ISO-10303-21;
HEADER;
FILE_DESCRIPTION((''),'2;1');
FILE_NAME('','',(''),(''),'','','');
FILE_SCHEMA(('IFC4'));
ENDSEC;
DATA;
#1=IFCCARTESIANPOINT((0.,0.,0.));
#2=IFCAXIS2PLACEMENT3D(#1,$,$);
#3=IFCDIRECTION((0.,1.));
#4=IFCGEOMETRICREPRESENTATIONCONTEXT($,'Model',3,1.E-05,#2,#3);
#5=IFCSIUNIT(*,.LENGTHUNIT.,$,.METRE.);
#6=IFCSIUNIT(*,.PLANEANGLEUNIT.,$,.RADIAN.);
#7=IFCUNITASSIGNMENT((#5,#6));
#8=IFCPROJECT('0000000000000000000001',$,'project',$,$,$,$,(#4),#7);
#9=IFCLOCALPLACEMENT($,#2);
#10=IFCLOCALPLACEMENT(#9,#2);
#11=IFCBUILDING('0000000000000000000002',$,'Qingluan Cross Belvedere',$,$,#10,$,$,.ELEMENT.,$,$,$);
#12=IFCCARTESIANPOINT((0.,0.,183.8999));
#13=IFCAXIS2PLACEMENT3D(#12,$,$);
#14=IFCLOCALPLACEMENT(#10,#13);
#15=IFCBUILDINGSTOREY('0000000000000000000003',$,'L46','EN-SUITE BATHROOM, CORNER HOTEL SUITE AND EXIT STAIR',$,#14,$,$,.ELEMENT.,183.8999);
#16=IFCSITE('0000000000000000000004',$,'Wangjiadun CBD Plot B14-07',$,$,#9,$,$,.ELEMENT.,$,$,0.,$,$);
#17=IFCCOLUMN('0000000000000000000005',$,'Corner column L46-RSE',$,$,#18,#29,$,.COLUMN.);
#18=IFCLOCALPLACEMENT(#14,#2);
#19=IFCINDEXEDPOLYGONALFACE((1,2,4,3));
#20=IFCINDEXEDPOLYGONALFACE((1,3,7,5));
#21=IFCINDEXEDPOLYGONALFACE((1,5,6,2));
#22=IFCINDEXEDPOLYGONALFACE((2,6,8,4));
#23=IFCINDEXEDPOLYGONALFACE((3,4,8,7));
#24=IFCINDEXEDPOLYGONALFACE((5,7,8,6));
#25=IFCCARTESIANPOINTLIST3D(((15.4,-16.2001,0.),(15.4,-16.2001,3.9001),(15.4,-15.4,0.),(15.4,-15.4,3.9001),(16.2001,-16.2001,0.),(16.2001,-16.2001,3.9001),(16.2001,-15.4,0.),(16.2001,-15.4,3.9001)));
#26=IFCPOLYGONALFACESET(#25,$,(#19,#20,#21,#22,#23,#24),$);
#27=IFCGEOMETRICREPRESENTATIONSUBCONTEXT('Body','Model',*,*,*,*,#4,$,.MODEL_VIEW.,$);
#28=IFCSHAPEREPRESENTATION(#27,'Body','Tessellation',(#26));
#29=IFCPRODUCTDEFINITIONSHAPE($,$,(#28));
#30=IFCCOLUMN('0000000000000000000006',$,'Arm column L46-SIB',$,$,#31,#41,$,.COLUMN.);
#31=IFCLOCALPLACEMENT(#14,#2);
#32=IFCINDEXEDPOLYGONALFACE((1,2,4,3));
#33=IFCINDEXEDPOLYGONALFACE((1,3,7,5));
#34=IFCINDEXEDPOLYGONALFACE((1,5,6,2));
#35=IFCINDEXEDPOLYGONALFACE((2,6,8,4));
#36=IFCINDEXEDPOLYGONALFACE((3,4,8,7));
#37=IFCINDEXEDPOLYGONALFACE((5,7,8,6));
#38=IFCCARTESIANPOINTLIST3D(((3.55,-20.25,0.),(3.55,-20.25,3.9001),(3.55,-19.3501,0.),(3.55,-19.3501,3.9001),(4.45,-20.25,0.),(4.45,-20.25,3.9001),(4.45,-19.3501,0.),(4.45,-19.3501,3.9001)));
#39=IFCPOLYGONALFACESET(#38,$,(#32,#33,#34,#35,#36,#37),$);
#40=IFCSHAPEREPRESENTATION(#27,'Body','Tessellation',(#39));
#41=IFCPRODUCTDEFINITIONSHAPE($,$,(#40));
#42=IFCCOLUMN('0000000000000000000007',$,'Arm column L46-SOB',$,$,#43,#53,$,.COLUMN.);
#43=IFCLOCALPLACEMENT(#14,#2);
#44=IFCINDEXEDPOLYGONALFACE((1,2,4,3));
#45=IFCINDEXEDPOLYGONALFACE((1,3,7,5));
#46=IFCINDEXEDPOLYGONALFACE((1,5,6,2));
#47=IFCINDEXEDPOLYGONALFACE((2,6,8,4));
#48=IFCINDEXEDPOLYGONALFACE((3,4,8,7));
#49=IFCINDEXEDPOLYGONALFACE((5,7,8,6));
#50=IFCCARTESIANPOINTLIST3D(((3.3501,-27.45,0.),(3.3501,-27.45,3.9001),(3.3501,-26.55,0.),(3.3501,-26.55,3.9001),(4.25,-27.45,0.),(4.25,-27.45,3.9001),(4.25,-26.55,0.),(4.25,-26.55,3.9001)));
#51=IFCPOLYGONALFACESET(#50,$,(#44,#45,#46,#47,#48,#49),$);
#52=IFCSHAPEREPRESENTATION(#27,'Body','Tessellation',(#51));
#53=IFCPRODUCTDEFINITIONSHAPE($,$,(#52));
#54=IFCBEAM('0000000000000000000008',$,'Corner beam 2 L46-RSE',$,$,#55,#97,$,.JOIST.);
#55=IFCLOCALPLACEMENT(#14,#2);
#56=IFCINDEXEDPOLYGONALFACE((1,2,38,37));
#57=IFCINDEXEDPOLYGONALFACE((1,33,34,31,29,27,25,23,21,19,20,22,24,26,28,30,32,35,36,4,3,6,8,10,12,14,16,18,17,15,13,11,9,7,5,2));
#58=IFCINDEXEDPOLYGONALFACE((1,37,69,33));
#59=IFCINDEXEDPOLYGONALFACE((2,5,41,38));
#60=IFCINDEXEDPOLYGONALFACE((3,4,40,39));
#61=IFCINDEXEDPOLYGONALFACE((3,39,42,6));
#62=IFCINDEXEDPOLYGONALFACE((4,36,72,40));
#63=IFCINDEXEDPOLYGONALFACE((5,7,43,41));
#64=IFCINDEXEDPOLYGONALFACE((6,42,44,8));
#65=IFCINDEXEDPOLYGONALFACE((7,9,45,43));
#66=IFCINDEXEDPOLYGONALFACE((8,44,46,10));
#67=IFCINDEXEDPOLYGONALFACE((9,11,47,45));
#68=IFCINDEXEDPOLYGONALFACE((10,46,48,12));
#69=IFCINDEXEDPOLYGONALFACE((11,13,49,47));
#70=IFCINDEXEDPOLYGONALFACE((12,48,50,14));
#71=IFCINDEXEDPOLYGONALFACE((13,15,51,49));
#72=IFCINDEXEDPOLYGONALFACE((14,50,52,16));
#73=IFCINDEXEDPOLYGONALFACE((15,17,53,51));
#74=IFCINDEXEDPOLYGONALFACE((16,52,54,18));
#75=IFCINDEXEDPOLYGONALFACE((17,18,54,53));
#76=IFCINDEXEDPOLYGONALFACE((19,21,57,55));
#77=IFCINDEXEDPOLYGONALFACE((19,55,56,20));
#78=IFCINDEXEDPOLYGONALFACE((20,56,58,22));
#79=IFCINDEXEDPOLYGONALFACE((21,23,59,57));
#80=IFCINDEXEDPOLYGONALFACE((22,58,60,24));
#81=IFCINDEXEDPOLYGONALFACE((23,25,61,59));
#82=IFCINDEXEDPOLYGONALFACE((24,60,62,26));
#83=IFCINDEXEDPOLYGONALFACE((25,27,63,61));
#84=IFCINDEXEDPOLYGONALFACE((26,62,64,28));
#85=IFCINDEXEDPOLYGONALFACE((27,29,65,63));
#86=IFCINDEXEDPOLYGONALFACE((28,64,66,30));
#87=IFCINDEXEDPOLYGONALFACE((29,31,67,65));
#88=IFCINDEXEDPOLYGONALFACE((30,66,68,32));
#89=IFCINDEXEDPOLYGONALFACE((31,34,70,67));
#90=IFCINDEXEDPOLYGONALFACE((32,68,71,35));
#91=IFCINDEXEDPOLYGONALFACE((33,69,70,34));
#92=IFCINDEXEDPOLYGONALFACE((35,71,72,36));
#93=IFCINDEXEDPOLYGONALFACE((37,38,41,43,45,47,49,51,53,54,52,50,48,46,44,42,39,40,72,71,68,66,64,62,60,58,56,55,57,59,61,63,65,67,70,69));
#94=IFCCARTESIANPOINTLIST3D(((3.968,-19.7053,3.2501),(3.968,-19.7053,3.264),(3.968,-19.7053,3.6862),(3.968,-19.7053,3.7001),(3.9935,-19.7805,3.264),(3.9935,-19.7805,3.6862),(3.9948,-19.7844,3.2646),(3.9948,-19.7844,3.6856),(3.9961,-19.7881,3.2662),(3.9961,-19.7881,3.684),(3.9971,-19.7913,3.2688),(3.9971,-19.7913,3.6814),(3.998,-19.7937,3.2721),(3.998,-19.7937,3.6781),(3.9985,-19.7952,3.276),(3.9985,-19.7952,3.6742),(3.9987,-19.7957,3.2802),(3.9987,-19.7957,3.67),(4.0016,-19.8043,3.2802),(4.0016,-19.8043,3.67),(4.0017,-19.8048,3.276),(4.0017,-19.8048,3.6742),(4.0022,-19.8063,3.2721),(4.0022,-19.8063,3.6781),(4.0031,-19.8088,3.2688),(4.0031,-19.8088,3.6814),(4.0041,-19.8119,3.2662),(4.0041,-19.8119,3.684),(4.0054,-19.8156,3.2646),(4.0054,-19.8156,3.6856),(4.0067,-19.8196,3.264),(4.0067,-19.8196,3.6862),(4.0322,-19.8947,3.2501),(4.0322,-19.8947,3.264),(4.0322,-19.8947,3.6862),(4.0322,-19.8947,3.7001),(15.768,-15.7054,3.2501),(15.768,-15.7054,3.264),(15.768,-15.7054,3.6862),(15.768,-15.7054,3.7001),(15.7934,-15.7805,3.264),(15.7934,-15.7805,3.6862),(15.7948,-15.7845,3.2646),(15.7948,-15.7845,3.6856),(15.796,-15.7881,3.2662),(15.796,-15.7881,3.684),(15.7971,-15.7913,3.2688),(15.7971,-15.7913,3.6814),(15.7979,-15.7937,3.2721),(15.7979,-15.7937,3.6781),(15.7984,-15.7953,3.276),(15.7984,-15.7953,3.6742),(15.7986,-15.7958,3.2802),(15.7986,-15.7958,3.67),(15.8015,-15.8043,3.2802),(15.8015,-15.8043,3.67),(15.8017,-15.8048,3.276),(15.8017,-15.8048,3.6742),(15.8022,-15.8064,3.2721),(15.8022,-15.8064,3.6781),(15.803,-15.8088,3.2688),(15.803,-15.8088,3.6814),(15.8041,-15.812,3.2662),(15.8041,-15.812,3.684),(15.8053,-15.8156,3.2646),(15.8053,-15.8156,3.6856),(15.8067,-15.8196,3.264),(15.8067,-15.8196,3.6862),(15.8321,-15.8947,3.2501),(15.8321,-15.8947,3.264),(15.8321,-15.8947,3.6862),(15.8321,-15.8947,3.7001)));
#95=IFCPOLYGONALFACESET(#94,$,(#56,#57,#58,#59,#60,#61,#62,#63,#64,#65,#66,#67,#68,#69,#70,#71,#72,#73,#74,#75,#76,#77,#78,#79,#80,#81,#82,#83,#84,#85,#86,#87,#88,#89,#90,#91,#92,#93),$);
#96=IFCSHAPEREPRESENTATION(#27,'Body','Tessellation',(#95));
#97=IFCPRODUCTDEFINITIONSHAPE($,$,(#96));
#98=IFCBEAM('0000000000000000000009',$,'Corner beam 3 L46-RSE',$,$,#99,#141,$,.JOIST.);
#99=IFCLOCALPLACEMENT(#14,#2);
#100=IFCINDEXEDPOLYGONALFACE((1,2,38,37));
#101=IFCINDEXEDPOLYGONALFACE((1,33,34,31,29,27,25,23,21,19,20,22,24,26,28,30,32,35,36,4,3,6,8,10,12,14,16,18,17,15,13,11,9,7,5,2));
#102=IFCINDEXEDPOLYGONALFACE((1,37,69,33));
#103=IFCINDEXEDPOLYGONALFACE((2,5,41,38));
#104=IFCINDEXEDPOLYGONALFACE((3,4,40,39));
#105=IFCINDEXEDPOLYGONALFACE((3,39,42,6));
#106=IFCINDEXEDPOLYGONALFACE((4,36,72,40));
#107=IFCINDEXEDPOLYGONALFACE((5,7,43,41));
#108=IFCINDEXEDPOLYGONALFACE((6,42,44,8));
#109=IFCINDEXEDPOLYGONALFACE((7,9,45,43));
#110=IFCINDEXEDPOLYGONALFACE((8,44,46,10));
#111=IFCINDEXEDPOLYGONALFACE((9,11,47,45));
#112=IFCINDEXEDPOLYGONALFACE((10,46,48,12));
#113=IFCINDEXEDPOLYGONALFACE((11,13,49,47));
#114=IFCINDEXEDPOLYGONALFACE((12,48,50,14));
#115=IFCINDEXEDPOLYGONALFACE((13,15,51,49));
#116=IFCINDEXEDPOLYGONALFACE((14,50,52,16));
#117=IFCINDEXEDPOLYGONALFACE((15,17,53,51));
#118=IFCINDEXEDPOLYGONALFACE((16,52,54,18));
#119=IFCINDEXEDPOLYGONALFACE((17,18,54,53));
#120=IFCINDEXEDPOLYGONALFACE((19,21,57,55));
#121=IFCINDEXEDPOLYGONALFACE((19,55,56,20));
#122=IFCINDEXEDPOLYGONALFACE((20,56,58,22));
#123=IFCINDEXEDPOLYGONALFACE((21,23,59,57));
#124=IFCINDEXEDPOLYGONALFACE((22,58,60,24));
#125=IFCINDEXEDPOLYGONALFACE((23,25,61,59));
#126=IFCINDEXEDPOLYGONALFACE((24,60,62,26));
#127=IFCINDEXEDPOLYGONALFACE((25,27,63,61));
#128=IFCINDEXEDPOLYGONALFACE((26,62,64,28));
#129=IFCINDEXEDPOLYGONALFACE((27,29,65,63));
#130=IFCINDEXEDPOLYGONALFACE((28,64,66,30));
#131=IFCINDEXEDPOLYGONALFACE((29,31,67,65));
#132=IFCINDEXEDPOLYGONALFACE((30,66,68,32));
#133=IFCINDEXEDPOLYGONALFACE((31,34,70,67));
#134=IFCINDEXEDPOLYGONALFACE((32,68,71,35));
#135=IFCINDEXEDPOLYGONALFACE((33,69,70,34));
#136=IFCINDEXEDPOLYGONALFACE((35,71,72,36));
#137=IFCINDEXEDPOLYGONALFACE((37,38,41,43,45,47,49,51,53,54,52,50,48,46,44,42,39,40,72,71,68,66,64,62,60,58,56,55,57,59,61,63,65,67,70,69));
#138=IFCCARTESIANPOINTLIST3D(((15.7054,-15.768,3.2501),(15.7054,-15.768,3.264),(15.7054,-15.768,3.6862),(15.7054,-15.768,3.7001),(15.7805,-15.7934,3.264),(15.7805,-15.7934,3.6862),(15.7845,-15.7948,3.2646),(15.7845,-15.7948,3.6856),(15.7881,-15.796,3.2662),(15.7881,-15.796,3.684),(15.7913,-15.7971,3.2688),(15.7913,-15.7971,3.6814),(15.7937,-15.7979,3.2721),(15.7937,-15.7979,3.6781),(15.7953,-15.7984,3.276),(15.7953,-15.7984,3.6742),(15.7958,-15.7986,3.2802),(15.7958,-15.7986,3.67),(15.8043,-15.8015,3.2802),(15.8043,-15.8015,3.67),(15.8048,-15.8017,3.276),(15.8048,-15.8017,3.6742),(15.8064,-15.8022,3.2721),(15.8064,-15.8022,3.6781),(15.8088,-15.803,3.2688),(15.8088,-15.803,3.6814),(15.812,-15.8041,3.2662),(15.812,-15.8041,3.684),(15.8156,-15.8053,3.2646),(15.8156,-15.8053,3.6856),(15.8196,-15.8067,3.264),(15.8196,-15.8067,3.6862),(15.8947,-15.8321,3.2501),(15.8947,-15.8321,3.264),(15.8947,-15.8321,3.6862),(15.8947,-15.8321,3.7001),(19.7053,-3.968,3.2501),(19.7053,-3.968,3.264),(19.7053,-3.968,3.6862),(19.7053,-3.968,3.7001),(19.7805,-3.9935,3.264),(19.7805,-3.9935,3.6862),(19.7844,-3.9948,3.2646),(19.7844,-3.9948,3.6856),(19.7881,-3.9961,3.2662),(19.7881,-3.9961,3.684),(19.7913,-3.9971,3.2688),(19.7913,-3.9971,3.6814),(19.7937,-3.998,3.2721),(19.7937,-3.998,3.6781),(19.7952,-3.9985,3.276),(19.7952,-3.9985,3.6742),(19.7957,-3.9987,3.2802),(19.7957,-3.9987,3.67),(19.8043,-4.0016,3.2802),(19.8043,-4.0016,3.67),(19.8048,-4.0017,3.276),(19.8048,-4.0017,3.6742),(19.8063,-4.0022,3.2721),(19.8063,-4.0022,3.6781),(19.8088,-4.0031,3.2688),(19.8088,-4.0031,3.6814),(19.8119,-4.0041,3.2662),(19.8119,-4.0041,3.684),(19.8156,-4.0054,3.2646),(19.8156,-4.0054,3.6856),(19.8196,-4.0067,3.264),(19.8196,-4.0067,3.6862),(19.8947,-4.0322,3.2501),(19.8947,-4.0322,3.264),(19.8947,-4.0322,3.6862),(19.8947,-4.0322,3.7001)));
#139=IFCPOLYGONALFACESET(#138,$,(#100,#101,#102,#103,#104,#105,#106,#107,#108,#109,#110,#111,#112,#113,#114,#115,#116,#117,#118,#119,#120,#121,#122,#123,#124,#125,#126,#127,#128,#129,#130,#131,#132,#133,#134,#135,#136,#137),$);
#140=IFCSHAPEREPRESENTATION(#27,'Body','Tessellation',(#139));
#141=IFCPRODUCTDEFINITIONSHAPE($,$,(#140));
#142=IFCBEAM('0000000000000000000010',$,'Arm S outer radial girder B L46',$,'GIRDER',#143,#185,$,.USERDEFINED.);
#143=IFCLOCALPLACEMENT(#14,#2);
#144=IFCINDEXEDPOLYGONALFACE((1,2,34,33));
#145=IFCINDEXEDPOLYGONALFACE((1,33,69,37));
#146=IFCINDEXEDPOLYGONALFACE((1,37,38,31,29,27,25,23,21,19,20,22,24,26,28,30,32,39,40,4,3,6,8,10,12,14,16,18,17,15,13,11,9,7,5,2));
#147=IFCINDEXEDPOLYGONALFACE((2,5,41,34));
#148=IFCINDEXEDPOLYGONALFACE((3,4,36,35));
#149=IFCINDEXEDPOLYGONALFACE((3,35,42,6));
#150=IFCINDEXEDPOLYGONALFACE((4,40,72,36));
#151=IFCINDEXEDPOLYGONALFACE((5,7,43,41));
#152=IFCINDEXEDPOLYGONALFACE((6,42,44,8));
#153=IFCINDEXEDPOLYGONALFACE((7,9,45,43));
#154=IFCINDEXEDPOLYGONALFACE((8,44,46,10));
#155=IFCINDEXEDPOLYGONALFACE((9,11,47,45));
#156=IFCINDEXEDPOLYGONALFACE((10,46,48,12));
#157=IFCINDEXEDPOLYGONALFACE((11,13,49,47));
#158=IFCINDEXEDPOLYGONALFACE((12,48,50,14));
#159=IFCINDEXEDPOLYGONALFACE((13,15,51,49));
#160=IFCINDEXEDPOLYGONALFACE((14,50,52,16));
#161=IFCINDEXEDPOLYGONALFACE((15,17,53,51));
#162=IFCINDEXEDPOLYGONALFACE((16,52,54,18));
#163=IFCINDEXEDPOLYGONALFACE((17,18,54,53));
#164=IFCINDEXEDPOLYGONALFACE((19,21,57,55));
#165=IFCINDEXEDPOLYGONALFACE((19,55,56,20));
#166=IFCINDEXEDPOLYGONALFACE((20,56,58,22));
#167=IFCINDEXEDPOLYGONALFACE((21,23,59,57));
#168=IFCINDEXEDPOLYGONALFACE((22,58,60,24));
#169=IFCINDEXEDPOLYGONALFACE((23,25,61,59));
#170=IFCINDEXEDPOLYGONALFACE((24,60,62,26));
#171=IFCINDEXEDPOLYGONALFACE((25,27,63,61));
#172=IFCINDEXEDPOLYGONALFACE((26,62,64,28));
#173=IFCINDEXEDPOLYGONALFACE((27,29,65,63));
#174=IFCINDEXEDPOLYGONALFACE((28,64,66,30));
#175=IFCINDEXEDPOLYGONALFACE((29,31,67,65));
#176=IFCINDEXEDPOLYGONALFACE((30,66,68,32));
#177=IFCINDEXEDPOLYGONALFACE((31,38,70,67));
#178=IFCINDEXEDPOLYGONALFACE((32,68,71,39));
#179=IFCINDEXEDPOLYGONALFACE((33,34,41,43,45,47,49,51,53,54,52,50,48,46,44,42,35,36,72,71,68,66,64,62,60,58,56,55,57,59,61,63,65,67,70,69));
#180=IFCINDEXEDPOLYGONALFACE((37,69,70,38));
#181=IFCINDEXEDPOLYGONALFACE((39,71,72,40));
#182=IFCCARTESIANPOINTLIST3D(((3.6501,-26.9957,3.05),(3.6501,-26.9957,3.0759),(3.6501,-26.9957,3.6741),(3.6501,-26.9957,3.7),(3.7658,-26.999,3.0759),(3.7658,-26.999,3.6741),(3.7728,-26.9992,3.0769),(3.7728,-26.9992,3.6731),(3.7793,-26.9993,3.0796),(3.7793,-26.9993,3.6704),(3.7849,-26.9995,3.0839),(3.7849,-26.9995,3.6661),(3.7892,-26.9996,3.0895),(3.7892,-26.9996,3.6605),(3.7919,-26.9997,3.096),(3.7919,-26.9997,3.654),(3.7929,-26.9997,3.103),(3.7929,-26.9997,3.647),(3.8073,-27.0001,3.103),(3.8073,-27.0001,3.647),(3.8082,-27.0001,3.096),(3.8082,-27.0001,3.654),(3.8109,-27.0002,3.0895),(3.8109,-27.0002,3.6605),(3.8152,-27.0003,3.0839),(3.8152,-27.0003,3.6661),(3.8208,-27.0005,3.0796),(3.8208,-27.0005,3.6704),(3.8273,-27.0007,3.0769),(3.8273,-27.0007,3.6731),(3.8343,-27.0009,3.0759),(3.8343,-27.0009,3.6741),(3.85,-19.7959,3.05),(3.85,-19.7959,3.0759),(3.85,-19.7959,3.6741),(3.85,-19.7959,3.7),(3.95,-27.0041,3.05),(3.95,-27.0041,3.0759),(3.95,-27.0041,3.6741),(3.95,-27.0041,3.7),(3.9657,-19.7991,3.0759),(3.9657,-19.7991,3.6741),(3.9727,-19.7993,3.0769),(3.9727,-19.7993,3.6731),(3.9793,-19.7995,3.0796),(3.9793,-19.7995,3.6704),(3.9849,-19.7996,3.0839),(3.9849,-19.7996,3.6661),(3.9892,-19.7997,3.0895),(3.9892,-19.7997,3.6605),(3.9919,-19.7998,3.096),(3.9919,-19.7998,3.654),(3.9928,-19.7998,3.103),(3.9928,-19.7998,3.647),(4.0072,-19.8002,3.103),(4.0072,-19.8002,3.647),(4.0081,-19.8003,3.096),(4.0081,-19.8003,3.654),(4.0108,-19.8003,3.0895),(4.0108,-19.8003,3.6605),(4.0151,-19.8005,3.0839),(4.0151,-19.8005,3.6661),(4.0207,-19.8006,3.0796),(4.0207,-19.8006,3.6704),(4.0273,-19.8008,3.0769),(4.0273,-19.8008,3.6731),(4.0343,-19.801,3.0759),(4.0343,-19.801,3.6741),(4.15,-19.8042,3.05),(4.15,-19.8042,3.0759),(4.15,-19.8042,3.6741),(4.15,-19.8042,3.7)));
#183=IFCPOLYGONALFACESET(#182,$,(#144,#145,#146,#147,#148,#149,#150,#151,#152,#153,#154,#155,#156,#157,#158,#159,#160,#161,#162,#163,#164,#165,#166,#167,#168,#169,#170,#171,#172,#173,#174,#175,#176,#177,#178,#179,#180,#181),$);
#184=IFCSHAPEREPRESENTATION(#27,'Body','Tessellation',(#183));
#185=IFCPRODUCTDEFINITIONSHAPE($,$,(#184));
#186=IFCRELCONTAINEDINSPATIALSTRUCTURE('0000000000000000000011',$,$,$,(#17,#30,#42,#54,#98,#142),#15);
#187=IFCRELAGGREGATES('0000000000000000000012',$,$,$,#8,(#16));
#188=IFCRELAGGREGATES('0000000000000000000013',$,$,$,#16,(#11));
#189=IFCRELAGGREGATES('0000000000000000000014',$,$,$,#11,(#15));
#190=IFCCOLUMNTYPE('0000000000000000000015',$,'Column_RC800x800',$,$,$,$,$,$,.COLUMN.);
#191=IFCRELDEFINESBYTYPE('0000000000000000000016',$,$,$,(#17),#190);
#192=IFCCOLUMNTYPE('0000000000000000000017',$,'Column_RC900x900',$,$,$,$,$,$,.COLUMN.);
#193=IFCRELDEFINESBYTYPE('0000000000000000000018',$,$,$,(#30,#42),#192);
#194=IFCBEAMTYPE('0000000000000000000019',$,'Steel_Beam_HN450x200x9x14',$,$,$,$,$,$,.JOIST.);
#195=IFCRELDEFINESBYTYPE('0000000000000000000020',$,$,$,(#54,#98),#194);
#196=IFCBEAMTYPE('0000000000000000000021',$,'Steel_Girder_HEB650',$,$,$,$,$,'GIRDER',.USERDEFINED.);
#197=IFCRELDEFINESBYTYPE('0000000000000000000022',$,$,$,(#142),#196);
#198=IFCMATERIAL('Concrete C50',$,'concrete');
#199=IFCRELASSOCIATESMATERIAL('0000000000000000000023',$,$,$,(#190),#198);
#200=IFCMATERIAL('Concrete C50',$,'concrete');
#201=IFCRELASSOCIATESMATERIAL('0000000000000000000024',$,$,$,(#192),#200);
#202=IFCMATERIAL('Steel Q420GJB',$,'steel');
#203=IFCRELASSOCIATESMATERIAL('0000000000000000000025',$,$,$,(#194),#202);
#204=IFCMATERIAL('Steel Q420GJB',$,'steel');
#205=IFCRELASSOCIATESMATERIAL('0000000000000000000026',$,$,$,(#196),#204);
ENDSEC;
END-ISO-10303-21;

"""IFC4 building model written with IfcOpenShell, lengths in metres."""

from ifc_helpers import new_model, si_unit, direction, frame, origin, origin_2d, place, context, subcontext, project, spatial, rectangle, i_section, extrude, material, material_profile, profile_set, type_object, element, save


model = new_model("IFC4")

# Units and contexts
model_context = context("Model", 3, precision=1e-05, world=origin(), true_north=direction((0.0, 1.0)))
body_context = subcontext(model_context, "Body", "Model", "MODEL_VIEW")
ifc_project = project(units=[si_unit("LENGTHUNIT", "METRE"), si_unit("PLANEANGLEUNIT", "RADIAN")], contexts=[model_context])

# Site, building, storey
site_placement = place(None, origin())
site = spatial("IfcSite", under=ifc_project, at=site_placement, Name="Wangjiadun CBD Plot B14-07", CompositionType="ELEMENT", RefElevation=0.0)
building_placement = place(site_placement, origin())
building = spatial("IfcBuilding", under=site, at=building_placement, Name="Qingluan Cross Belvedere", CompositionType="ELEMENT")
storey_placement = place(building_placement, frame((0.0, 0.0, 183.8999)))
storey = spatial("IfcBuildingStorey", under=building, at=storey_placement, Name="L46", Description="EN-SUITE BATHROOM, CORNER HOTEL SUITE AND EXIT STAIR", CompositionType="ELEMENT", Elevation=183.8999)

# Columns
ifc_material_1 = material(Name="Concrete C50", Category="concrete")
ifc_material_profile_1 = material_profile(ifc_material_1, rectangle(XDim=0.8, YDim=0.8, at=origin_2d()), Name="RC800x800")
ifc_profile_set_1 = profile_set([ifc_material_profile_1], Name="Concrete C50")
column_type_1 = type_object("IfcColumnType", Name="Column_RC800x800", PredefinedType="COLUMN", material=ifc_profile_set_1)
column_placement = place(storey_placement, frame((15.8, -15.8, 0.0), z_axis=(0.0, 0.0, 1.0), x_axis=(1.0, 0.0, 0.0)))
element("IfcColumn", 1, at=column_placement, inside=storey, type_object=column_type_1, Name="Corner column L46-RSE", PredefinedType="COLUMN", context=body_context, shape_type="SweptSolid", body=[
    extrude(rectangle(XDim=0.8, YDim=0.8, at=origin_2d()), origin(), (0.0, 0.0, 1.0), 3.9001),
])
ifc_material_2 = material(Name="Concrete C50", Category="concrete")
ifc_material_profile_2 = material_profile(ifc_material_2, rectangle(XDim=0.8999, YDim=0.8999, at=origin_2d()), Name="RC900x900")
ifc_profile_set_2 = profile_set([ifc_material_profile_2], Name="Concrete C50")
column_type_2 = type_object("IfcColumnType", Name="Column_RC900x900", PredefinedType="COLUMN", material=ifc_profile_set_2)
for number, where, z_axis, x_axis, name in (
    (2, (4.0, -19.8, 0.0), (0.0, 0.0, 1.0), (1.0, 0.0, 0.0), "Arm column L46-SIB"),
    (3, (3.8, -27.0, 0.0), (0.0, 0.0, 1.0), (1.0, 0.0, 0.0), "Arm column L46-SOB"),
):
    element("IfcColumn", number, at=place(storey_placement, frame(where, z_axis=z_axis, x_axis=x_axis)), inside=storey, type_object=column_type_2, Name=name, PredefinedType="COLUMN", context=body_context, shape_type="SweptSolid", body=[
        extrude(rectangle(XDim=0.8999, YDim=0.8999, at=origin_2d()), origin(), (0.0, 0.0, 1.0), 3.9001),
    ])

# Beams
ifc_material_3 = material(Name="Steel Q420GJB", Category="steel")
ifc_material_profile_3 = material_profile(ifc_material_3, i_section(OverallWidth=0.2, OverallDepth=0.45, WebThickness=0.009, FlangeThickness=0.0139, FilletRadius=0.0161, at=origin_2d()), Name="HN450x200x9x14")
ifc_profile_set_3 = profile_set([ifc_material_profile_3], Name="Steel Q420GJB")
beam_type_1 = type_object("IfcBeamType", Name="Steel_Beam_HN450x200x9x14", PredefinedType="JOIST", material=ifc_profile_set_3)
for number, where, z_axis, x_axis, name in (
    (4, (15.8, -15.8, 3.4751), (-0.947066, -0.321038, 0.0), (0.321038, -0.947066, 0.0), "Corner beam 2 L46-RSE"),
    (5, (15.8, -15.8, 3.4751), (0.321038, 0.947066, 0.0), (-0.947066, 0.321038, 0.0), "Corner beam 3 L46-RSE"),
):
    element("IfcBeam", number, at=place(storey_placement, frame(where, z_axis=z_axis, x_axis=x_axis)), inside=storey, type_object=beam_type_1, Name=name, PredefinedType="JOIST", context=body_context, shape_type="SweptSolid", body=[
        extrude(i_section(OverallWidth=0.2, OverallDepth=0.45, WebThickness=0.009, FlangeThickness=0.0139, FilletRadius=0.0161, at=origin_2d()), origin(), (0.0, 0.0, 1.0), 12.4595),
    ])
ifc_material_4 = material(Name="Steel Q420GJB", Category="steel")
ifc_material_profile_4 = material_profile(ifc_material_4, i_section(OverallWidth=0.3, OverallDepth=0.6499, WebThickness=0.0144, FlangeThickness=0.0259, FilletRadius=0.0271, at=origin_2d()), Name="HEB650")
ifc_profile_set_4 = profile_set([ifc_material_profile_4], Name="Steel Q420GJB")
beam_type_2 = type_object("IfcBeamType", Name="Steel_Girder_HEB650", ElementType="GIRDER", PredefinedType="USERDEFINED", material=ifc_profile_set_4)
beam_placement = place(storey_placement, frame((4.0, -19.8, 3.375), z_axis=(-0.02776, -0.999615, 0.0), x_axis=(0.999615, -0.02776, 0.0)))
element("IfcBeam", 6, at=beam_placement, inside=storey, type_object=beam_type_2, Name="Arm S outer radial girder B L46", ObjectType="GIRDER", PredefinedType="USERDEFINED", context=body_context, shape_type="SweptSolid", body=[
    extrude(i_section(OverallWidth=0.3, OverallDepth=0.6499, WebThickness=0.0144, FlangeThickness=0.0259, FilletRadius=0.0271, at=origin_2d()), origin(), (0.0, 0.0, 1.0), 7.2026),
])

save(model, "model.ifc")
